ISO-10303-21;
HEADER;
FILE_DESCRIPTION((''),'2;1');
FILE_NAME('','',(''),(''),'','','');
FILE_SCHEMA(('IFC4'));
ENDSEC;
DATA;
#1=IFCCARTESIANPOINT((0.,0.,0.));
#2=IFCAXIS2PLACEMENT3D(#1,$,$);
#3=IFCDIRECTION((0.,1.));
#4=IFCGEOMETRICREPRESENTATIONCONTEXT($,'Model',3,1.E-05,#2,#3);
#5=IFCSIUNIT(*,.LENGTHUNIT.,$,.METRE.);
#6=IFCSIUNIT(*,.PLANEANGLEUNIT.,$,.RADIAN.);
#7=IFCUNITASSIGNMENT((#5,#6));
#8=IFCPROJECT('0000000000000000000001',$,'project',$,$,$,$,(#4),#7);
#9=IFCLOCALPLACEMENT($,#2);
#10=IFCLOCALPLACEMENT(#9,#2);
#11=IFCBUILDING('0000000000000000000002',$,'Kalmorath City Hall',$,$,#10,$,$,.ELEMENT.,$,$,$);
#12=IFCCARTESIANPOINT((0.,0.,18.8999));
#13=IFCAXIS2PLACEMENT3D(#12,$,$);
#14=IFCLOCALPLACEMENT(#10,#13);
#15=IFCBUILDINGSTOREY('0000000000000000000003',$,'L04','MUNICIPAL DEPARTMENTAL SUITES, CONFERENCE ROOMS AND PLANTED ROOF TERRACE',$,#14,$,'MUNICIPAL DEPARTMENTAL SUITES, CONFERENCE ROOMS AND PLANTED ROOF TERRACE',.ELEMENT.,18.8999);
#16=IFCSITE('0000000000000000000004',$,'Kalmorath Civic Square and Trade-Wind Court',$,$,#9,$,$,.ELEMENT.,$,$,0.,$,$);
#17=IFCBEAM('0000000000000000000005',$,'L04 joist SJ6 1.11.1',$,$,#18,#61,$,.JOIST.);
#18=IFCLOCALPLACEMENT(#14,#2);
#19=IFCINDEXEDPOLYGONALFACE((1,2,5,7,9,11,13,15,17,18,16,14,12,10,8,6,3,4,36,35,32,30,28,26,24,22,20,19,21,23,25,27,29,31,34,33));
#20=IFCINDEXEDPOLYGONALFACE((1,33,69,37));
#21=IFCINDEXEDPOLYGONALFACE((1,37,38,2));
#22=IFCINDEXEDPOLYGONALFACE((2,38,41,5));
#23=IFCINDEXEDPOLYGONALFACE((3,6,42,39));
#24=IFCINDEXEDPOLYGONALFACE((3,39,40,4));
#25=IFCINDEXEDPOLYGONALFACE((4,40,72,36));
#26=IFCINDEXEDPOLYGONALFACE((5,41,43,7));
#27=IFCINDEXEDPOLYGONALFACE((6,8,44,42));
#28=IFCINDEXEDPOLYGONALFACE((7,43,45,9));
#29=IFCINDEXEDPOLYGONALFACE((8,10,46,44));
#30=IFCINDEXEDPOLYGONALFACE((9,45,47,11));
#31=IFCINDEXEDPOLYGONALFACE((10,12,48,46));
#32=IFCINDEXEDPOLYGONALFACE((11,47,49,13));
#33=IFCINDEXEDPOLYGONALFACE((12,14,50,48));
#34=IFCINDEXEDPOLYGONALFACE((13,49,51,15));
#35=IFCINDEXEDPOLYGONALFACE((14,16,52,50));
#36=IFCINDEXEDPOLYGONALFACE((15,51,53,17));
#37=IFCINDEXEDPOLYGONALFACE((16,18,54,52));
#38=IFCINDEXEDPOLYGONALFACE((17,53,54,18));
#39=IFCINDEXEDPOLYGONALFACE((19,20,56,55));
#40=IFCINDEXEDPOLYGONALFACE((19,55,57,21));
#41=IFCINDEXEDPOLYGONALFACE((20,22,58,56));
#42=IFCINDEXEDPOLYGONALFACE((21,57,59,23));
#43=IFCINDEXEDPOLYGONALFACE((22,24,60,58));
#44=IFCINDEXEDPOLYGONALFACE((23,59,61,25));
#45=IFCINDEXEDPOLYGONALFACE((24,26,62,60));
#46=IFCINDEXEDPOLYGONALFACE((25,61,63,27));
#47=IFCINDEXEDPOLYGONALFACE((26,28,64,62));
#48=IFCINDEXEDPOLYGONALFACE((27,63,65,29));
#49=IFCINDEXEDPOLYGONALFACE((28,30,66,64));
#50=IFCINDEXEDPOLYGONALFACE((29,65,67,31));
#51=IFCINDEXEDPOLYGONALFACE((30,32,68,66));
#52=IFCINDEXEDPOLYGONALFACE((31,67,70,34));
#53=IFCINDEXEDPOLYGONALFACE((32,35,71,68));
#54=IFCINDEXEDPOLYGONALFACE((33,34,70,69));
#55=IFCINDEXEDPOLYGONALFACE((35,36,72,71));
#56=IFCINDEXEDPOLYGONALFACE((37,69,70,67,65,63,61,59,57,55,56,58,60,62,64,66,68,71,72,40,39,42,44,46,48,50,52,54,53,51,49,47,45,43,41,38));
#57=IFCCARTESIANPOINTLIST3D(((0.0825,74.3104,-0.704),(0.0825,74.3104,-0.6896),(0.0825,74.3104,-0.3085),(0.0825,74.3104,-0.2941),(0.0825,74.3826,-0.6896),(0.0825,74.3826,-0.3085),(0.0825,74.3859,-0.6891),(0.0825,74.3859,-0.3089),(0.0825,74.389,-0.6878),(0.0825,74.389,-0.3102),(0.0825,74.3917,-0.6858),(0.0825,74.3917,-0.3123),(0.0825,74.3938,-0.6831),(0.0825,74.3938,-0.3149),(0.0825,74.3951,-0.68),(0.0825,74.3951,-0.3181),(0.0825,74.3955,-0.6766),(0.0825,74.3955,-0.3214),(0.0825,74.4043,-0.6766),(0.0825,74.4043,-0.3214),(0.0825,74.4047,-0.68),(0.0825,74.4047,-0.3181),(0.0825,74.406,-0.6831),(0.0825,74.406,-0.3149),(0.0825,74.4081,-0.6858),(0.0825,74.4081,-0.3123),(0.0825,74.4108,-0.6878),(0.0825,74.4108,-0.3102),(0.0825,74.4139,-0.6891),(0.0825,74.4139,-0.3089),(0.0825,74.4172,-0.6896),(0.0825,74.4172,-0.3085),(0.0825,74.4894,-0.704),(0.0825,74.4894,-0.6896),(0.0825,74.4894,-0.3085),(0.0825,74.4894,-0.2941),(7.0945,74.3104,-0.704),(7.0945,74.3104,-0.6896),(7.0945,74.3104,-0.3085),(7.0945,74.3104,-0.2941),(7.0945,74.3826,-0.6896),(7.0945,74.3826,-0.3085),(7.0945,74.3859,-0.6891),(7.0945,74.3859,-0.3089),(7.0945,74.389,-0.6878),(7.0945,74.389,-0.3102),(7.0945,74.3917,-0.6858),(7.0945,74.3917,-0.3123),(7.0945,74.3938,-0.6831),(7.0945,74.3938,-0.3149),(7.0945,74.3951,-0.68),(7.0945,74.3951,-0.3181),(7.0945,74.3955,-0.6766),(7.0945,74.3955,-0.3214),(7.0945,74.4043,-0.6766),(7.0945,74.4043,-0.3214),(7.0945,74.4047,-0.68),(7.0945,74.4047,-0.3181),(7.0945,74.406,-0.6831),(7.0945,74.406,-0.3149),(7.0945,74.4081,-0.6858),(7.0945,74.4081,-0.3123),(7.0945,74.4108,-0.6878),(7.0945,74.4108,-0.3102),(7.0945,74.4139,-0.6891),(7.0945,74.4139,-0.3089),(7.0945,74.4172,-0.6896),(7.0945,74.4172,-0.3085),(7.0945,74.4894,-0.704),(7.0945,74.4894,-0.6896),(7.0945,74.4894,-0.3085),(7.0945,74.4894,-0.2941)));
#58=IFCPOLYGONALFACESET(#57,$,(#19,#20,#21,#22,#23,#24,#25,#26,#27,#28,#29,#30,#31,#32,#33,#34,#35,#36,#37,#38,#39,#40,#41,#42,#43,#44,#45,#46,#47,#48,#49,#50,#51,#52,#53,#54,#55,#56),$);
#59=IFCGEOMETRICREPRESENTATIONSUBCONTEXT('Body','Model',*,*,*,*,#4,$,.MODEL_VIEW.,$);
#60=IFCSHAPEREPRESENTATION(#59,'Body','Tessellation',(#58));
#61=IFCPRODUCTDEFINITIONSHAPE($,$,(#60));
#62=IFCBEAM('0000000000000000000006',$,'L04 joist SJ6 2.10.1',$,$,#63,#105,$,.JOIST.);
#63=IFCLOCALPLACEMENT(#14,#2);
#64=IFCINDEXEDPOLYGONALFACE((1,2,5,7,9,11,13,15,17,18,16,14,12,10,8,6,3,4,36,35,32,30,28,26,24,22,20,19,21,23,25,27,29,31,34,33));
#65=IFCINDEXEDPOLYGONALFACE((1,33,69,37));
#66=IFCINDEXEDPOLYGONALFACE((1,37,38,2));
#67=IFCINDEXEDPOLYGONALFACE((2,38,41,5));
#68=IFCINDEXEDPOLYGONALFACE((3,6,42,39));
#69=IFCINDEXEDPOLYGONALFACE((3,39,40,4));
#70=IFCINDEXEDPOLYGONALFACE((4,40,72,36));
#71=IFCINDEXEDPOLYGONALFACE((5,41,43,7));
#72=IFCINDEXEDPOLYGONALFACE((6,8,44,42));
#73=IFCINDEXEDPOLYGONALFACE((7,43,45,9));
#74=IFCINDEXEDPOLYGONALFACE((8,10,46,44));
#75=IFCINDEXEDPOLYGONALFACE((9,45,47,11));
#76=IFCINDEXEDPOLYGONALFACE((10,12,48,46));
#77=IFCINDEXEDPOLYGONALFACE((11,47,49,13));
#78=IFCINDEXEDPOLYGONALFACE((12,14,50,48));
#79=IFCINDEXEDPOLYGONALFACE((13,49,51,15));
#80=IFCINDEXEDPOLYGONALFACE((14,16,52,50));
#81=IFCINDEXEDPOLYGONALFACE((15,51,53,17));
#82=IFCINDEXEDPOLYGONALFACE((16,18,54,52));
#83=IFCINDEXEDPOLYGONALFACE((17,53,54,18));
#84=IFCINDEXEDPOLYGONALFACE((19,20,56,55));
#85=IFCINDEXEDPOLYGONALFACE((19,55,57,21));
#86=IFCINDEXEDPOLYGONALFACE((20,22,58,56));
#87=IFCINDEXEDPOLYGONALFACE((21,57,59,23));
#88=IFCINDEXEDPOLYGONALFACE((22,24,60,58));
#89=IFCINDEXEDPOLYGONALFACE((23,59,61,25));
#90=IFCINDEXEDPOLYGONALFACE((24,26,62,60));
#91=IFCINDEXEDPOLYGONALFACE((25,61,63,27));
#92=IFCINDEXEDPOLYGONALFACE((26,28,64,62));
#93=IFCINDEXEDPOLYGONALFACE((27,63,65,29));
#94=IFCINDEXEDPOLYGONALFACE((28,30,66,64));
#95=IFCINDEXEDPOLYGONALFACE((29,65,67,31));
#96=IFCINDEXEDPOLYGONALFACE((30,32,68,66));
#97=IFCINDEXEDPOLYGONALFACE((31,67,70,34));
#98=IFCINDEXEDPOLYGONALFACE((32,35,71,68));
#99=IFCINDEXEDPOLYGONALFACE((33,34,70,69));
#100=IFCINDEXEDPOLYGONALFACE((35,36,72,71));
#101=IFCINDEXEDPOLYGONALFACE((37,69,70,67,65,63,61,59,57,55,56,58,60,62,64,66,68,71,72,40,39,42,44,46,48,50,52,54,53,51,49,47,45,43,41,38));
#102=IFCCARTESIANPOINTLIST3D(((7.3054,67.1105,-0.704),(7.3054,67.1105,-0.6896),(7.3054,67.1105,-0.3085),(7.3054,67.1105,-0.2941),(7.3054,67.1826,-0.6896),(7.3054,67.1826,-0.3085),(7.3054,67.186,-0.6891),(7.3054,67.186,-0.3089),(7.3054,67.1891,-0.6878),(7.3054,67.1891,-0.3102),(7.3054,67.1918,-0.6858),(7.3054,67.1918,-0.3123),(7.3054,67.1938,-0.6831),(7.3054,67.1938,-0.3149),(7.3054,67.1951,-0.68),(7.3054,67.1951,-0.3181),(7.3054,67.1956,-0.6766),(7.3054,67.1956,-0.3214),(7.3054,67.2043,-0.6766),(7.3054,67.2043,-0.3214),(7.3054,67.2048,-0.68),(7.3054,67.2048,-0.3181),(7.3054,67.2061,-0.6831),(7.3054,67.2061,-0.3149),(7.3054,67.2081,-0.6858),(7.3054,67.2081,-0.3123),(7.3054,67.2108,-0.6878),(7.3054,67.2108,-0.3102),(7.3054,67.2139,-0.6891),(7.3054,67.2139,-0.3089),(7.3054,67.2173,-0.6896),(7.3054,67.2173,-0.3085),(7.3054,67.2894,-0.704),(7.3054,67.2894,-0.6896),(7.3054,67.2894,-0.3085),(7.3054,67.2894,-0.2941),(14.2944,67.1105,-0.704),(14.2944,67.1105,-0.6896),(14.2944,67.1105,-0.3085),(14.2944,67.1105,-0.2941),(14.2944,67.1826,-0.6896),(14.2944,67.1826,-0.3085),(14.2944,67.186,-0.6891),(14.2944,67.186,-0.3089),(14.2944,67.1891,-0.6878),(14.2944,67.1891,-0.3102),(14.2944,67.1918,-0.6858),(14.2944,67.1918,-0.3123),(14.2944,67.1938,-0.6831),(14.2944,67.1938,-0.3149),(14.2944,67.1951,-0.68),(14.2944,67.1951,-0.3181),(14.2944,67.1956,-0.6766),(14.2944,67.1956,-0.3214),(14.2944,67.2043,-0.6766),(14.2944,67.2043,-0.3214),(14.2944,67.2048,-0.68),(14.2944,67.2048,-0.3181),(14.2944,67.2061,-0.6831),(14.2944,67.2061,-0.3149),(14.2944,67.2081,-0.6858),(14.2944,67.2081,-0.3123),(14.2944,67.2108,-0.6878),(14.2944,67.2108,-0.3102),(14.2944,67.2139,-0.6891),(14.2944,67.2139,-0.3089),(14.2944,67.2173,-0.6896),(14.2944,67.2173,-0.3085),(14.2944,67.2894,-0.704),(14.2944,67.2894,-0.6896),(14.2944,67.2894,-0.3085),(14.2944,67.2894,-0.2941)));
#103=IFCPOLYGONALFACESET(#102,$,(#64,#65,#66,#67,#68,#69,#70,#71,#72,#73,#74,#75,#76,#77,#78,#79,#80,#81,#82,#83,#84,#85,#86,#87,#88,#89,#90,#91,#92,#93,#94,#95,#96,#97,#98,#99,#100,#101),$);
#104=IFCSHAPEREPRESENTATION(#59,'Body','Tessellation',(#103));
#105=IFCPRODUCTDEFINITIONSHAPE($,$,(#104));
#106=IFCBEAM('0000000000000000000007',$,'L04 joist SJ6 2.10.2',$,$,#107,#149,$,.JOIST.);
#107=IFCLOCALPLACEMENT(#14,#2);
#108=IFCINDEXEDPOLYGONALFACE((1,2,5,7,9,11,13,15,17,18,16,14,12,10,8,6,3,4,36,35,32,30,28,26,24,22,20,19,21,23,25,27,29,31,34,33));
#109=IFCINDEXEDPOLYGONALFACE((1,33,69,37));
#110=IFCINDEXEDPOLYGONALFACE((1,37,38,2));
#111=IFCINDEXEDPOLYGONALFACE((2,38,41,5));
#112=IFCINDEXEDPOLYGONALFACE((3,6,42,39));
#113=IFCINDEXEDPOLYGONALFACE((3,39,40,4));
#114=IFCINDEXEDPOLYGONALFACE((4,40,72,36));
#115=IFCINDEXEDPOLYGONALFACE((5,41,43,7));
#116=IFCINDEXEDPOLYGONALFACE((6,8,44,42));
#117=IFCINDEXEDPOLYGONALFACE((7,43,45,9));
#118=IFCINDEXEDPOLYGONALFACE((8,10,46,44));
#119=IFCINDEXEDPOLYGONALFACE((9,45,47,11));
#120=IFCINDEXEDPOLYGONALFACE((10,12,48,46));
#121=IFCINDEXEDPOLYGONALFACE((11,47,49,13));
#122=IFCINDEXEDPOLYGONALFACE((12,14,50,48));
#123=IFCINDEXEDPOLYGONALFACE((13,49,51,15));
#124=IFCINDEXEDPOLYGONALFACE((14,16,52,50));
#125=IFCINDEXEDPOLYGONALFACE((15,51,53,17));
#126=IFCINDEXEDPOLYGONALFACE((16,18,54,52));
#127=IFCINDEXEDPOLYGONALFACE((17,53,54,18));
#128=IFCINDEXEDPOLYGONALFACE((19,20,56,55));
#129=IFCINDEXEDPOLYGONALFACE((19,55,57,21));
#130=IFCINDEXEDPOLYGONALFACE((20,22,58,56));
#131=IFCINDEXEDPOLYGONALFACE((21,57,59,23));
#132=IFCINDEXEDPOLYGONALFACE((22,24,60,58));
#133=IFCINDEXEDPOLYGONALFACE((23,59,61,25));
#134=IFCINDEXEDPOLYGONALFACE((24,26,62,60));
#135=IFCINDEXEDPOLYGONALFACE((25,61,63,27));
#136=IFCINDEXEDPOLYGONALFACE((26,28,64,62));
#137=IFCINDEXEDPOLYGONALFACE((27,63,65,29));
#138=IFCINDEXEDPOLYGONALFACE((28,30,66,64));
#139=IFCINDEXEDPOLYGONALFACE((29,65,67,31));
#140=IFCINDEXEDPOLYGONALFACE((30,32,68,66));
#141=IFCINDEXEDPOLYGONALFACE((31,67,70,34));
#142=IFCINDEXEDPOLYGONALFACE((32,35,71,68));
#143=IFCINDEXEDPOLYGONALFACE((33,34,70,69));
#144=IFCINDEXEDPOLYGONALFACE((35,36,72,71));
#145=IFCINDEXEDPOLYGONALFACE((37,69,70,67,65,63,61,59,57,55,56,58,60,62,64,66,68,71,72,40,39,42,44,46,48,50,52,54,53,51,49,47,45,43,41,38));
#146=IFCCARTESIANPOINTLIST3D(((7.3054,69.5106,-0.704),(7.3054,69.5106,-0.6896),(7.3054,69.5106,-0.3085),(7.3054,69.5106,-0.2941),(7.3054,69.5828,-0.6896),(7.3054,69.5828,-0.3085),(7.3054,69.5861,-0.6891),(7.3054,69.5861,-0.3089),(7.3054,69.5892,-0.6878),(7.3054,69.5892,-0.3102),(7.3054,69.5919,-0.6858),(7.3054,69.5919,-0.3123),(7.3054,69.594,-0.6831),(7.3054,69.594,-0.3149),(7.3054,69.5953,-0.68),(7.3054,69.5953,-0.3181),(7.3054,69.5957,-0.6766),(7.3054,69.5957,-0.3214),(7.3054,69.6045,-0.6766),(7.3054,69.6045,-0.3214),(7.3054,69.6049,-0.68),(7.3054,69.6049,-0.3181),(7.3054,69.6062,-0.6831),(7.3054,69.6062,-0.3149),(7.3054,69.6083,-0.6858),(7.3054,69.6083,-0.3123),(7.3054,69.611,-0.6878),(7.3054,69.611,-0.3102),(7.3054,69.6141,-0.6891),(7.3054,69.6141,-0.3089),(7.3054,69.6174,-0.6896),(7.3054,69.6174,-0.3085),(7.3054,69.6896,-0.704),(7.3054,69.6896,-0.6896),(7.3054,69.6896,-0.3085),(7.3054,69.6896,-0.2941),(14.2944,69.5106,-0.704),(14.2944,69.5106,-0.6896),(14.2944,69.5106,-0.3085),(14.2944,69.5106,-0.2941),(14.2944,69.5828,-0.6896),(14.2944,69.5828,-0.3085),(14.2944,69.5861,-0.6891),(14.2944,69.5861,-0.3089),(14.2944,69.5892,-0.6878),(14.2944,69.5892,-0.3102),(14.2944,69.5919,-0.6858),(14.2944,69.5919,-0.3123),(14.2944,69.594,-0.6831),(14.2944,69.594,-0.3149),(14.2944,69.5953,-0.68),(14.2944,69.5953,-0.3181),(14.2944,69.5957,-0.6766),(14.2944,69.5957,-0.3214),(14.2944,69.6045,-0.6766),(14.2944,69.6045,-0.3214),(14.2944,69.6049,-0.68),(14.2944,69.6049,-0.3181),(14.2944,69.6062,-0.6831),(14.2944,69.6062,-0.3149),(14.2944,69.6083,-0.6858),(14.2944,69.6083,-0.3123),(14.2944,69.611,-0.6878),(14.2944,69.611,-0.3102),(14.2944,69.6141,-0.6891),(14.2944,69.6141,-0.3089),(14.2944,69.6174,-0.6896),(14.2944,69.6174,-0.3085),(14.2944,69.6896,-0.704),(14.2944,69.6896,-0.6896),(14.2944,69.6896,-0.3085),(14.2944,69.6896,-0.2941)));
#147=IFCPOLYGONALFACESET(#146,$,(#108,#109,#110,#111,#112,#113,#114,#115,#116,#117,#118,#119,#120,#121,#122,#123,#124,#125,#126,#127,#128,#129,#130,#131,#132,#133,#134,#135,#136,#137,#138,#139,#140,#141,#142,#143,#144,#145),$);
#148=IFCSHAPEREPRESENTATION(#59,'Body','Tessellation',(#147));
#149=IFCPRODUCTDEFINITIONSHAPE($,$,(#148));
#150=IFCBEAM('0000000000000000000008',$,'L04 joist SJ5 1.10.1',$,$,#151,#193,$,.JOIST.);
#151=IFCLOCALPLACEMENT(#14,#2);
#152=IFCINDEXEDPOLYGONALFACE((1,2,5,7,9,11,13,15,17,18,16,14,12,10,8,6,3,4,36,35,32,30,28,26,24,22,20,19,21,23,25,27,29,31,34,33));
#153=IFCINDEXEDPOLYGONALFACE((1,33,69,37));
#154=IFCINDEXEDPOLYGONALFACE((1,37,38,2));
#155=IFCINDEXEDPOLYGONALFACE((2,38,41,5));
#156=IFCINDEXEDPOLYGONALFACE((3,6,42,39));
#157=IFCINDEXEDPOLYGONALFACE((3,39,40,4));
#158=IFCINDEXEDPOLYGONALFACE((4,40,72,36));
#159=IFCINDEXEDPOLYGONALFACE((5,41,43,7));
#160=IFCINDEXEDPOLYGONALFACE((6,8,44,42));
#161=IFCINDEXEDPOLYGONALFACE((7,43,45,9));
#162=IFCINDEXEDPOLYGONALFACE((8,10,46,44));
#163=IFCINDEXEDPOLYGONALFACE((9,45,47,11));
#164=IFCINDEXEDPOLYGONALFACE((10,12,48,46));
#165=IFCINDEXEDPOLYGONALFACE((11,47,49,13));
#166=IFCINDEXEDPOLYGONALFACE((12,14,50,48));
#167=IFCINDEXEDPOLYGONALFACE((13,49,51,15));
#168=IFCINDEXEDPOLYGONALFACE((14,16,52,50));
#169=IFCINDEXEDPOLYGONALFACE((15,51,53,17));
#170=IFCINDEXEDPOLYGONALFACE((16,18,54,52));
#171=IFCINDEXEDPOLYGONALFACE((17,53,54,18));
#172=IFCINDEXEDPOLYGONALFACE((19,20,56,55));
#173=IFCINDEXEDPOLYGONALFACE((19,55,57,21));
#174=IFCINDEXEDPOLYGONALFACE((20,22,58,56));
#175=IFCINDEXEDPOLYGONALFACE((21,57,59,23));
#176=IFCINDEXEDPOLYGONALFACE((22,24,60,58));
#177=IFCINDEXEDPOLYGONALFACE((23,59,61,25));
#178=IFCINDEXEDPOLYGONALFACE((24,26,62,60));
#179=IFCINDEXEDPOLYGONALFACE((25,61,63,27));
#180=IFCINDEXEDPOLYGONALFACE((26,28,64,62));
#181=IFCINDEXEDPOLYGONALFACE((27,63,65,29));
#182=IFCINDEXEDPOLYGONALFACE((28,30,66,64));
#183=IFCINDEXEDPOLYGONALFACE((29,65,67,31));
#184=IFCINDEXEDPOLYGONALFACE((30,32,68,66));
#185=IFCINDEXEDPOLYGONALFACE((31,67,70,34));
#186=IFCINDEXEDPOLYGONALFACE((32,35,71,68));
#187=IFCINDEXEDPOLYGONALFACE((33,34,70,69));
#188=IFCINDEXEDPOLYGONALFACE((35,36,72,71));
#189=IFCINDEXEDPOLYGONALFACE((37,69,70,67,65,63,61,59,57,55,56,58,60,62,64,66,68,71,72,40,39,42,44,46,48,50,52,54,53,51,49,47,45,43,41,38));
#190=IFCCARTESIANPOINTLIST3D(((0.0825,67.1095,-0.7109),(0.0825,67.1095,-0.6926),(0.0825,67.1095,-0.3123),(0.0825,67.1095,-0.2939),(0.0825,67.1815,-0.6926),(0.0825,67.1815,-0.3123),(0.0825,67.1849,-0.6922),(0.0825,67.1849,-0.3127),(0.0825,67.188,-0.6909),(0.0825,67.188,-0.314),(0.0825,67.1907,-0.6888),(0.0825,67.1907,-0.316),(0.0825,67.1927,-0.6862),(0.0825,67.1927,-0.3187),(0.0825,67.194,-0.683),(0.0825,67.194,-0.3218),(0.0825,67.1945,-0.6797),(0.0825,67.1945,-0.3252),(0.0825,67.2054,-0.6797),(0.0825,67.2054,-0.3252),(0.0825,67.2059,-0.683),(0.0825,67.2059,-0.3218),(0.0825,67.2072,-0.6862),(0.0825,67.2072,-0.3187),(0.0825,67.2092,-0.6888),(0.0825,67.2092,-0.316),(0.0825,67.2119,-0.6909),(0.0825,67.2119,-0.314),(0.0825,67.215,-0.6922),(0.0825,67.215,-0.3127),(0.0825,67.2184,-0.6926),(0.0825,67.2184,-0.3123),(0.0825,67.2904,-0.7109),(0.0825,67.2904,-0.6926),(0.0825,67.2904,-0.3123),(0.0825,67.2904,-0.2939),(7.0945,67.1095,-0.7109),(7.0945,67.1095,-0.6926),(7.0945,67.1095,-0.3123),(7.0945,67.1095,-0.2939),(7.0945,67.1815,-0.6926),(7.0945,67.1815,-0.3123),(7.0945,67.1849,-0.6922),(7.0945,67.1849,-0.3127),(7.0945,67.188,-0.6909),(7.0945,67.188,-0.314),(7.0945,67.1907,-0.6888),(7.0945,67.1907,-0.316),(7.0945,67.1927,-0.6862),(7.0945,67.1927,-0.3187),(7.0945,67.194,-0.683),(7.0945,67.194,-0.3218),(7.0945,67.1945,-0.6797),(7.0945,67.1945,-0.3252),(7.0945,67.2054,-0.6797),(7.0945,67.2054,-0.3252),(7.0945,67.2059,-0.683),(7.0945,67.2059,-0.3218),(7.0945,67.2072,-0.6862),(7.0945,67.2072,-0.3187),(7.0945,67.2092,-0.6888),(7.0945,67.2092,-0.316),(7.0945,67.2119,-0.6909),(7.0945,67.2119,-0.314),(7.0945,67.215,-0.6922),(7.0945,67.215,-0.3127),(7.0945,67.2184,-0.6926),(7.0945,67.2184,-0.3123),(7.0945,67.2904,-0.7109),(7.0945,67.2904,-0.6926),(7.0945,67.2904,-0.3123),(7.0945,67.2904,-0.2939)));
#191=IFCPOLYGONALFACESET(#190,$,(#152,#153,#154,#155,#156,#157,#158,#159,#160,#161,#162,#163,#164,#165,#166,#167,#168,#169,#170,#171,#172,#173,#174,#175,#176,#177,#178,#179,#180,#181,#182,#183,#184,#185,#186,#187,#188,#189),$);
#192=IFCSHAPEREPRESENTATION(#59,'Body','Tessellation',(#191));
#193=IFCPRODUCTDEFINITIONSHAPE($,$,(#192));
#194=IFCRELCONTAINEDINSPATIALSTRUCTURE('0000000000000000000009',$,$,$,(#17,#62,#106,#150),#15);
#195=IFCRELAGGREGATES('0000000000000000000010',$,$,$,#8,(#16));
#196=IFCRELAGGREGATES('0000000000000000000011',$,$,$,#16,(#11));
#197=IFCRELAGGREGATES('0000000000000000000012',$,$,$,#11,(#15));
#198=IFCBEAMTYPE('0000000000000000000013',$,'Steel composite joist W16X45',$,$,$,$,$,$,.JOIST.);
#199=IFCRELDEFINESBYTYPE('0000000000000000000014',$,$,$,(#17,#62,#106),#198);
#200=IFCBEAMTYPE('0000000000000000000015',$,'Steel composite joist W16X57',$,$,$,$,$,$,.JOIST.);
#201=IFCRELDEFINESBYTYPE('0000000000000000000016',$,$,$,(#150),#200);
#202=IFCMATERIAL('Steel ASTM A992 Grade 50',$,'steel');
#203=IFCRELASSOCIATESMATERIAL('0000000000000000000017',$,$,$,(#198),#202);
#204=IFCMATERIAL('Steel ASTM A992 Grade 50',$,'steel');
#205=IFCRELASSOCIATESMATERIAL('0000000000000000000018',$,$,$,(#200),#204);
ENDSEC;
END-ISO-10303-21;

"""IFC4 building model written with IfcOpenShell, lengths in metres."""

from ifc_helpers import new_model, si_unit, direction, frame, origin, origin_2d, place, context, subcontext, project, spatial, i_section, extrude, material, material_profile, profile_set, type_object, element, save


model = new_model("IFC4")

# Units and contexts
model_context = context("Model", 3, precision=1e-05, world=origin(), true_north=direction((0.0, 1.0)))
body_context = subcontext(model_context, "Body", "Model", "MODEL_VIEW")
ifc_project = project(units=[si_unit("LENGTHUNIT", "METRE"), si_unit("PLANEANGLEUNIT", "RADIAN")], contexts=[model_context])

# Site, building, storey
site_placement = place(None, origin())
site = spatial("IfcSite", under=ifc_project, at=site_placement, Name="Kalmorath Civic Square and Trade-Wind Court", CompositionType="ELEMENT", RefElevation=0.0)
building_placement = place(site_placement, origin())
building = spatial("IfcBuilding", under=site, at=building_placement, Name="Kalmorath City Hall", CompositionType="ELEMENT")
storey_placement = place(building_placement, frame((0.0, 0.0, 18.8999)))
storey = spatial("IfcBuildingStorey", under=building, at=storey_placement, Name="L04", Description="MUNICIPAL DEPARTMENTAL SUITES, CONFERENCE ROOMS AND PLANTED ROOF TERRACE", LongName="MUNICIPAL DEPARTMENTAL SUITES, CONFERENCE ROOMS AND PLANTED ROOF TERRACE", CompositionType="ELEMENT", Elevation=18.8999)

# Beams
ifc_material_1 = material(Name="Steel ASTM A992 Grade 50", Category="steel")
ifc_material_profile_1 = material_profile(ifc_material_1, i_section(OverallWidth=0.179, OverallDepth=0.4099, WebThickness=0.0088, FlangeThickness=0.0144, FilletRadius=0.0129, at=origin_2d()), Name="W16X45")
ifc_profile_set_1 = profile_set([ifc_material_profile_1], Name="Steel ASTM A992 Grade 50")
beam_type_1 = type_object("IfcBeamType", Name="Steel composite joist W16X45", PredefinedType="JOIST", material=ifc_profile_set_1)
beam_1_placement = place(storey_placement, frame((0.0825, 74.3999, -0.499), z_axis=(1.0, 0.0, 0.0), x_axis=(0.0, 1.0, 0.0)))
element("IfcBeam", 1, at=beam_1_placement, inside=storey, type_object=beam_type_1, Name="L04 joist SJ6 1.11.1", PredefinedType="JOIST", context=body_context, shape_type="SweptSolid", body=[
    extrude(i_section(OverallWidth=0.179, OverallDepth=0.4099, WebThickness=0.0088, FlangeThickness=0.0144, FilletRadius=0.0129, at=origin_2d()), origin(), (0.0, 0.0, 1.0), 7.012),
])
for number, where, z_axis, x_axis, name in (
    (2, (7.3054, 67.2, -0.499), (1.0, 0.0, 0.0), (0.0, 1.0, 0.0), "L04 joist SJ6 2.10.1"),
    (3, (7.3054, 69.6001, -0.499), (1.0, 0.0, 0.0), (0.0, 1.0, 0.0), "L04 joist SJ6 2.10.2"),
):
    element("IfcBeam", number, at=place(storey_placement, frame(where, z_axis=z_axis, x_axis=x_axis)), inside=storey, type_object=beam_type_1, Name=name, PredefinedType="JOIST", context=body_context, shape_type="SweptSolid", body=[
        extrude(i_section(OverallWidth=0.179, OverallDepth=0.4099, WebThickness=0.0088, FlangeThickness=0.0144, FilletRadius=0.0129, at=origin_2d()), origin(), (0.0, 0.0, 1.0), 6.989),
    ])
ifc_material_2 = material(Name="Steel ASTM A992 Grade 50", Category="steel")
ifc_material_profile_2 = material_profile(ifc_material_2, i_section(OverallWidth=0.1809, OverallDepth=0.417, WebThickness=0.011, FlangeThickness=0.0183, FilletRadius=0.0129, at=origin_2d()), Name="W16X57")
ifc_profile_set_2 = profile_set([ifc_material_profile_2], Name="Steel ASTM A992 Grade 50")
beam_type_2 = type_object("IfcBeamType", Name="Steel composite joist W16X57", PredefinedType="JOIST", material=ifc_profile_set_2)
for number, where, z_axis, x_axis, name in (
    (4, (0.0825, 67.2, -0.5024), (1.0, 0.0, 0.0), (0.0, 1.0, 0.0), "L04 joist SJ5 1.10.1"),
):
    element("IfcBeam", number, at=place(storey_placement, frame(where, z_axis=z_axis, x_axis=x_axis)), inside=storey, type_object=beam_type_2, Name=name, PredefinedType="JOIST", context=body_context, shape_type="SweptSolid", body=[
        extrude(i_section(OverallWidth=0.1809, OverallDepth=0.417, WebThickness=0.011, FlangeThickness=0.0183, FilletRadius=0.0129, at=origin_2d()), origin(), (0.0, 0.0, 1.0), 7.012),
    ])

save(model, "model.ifc")
